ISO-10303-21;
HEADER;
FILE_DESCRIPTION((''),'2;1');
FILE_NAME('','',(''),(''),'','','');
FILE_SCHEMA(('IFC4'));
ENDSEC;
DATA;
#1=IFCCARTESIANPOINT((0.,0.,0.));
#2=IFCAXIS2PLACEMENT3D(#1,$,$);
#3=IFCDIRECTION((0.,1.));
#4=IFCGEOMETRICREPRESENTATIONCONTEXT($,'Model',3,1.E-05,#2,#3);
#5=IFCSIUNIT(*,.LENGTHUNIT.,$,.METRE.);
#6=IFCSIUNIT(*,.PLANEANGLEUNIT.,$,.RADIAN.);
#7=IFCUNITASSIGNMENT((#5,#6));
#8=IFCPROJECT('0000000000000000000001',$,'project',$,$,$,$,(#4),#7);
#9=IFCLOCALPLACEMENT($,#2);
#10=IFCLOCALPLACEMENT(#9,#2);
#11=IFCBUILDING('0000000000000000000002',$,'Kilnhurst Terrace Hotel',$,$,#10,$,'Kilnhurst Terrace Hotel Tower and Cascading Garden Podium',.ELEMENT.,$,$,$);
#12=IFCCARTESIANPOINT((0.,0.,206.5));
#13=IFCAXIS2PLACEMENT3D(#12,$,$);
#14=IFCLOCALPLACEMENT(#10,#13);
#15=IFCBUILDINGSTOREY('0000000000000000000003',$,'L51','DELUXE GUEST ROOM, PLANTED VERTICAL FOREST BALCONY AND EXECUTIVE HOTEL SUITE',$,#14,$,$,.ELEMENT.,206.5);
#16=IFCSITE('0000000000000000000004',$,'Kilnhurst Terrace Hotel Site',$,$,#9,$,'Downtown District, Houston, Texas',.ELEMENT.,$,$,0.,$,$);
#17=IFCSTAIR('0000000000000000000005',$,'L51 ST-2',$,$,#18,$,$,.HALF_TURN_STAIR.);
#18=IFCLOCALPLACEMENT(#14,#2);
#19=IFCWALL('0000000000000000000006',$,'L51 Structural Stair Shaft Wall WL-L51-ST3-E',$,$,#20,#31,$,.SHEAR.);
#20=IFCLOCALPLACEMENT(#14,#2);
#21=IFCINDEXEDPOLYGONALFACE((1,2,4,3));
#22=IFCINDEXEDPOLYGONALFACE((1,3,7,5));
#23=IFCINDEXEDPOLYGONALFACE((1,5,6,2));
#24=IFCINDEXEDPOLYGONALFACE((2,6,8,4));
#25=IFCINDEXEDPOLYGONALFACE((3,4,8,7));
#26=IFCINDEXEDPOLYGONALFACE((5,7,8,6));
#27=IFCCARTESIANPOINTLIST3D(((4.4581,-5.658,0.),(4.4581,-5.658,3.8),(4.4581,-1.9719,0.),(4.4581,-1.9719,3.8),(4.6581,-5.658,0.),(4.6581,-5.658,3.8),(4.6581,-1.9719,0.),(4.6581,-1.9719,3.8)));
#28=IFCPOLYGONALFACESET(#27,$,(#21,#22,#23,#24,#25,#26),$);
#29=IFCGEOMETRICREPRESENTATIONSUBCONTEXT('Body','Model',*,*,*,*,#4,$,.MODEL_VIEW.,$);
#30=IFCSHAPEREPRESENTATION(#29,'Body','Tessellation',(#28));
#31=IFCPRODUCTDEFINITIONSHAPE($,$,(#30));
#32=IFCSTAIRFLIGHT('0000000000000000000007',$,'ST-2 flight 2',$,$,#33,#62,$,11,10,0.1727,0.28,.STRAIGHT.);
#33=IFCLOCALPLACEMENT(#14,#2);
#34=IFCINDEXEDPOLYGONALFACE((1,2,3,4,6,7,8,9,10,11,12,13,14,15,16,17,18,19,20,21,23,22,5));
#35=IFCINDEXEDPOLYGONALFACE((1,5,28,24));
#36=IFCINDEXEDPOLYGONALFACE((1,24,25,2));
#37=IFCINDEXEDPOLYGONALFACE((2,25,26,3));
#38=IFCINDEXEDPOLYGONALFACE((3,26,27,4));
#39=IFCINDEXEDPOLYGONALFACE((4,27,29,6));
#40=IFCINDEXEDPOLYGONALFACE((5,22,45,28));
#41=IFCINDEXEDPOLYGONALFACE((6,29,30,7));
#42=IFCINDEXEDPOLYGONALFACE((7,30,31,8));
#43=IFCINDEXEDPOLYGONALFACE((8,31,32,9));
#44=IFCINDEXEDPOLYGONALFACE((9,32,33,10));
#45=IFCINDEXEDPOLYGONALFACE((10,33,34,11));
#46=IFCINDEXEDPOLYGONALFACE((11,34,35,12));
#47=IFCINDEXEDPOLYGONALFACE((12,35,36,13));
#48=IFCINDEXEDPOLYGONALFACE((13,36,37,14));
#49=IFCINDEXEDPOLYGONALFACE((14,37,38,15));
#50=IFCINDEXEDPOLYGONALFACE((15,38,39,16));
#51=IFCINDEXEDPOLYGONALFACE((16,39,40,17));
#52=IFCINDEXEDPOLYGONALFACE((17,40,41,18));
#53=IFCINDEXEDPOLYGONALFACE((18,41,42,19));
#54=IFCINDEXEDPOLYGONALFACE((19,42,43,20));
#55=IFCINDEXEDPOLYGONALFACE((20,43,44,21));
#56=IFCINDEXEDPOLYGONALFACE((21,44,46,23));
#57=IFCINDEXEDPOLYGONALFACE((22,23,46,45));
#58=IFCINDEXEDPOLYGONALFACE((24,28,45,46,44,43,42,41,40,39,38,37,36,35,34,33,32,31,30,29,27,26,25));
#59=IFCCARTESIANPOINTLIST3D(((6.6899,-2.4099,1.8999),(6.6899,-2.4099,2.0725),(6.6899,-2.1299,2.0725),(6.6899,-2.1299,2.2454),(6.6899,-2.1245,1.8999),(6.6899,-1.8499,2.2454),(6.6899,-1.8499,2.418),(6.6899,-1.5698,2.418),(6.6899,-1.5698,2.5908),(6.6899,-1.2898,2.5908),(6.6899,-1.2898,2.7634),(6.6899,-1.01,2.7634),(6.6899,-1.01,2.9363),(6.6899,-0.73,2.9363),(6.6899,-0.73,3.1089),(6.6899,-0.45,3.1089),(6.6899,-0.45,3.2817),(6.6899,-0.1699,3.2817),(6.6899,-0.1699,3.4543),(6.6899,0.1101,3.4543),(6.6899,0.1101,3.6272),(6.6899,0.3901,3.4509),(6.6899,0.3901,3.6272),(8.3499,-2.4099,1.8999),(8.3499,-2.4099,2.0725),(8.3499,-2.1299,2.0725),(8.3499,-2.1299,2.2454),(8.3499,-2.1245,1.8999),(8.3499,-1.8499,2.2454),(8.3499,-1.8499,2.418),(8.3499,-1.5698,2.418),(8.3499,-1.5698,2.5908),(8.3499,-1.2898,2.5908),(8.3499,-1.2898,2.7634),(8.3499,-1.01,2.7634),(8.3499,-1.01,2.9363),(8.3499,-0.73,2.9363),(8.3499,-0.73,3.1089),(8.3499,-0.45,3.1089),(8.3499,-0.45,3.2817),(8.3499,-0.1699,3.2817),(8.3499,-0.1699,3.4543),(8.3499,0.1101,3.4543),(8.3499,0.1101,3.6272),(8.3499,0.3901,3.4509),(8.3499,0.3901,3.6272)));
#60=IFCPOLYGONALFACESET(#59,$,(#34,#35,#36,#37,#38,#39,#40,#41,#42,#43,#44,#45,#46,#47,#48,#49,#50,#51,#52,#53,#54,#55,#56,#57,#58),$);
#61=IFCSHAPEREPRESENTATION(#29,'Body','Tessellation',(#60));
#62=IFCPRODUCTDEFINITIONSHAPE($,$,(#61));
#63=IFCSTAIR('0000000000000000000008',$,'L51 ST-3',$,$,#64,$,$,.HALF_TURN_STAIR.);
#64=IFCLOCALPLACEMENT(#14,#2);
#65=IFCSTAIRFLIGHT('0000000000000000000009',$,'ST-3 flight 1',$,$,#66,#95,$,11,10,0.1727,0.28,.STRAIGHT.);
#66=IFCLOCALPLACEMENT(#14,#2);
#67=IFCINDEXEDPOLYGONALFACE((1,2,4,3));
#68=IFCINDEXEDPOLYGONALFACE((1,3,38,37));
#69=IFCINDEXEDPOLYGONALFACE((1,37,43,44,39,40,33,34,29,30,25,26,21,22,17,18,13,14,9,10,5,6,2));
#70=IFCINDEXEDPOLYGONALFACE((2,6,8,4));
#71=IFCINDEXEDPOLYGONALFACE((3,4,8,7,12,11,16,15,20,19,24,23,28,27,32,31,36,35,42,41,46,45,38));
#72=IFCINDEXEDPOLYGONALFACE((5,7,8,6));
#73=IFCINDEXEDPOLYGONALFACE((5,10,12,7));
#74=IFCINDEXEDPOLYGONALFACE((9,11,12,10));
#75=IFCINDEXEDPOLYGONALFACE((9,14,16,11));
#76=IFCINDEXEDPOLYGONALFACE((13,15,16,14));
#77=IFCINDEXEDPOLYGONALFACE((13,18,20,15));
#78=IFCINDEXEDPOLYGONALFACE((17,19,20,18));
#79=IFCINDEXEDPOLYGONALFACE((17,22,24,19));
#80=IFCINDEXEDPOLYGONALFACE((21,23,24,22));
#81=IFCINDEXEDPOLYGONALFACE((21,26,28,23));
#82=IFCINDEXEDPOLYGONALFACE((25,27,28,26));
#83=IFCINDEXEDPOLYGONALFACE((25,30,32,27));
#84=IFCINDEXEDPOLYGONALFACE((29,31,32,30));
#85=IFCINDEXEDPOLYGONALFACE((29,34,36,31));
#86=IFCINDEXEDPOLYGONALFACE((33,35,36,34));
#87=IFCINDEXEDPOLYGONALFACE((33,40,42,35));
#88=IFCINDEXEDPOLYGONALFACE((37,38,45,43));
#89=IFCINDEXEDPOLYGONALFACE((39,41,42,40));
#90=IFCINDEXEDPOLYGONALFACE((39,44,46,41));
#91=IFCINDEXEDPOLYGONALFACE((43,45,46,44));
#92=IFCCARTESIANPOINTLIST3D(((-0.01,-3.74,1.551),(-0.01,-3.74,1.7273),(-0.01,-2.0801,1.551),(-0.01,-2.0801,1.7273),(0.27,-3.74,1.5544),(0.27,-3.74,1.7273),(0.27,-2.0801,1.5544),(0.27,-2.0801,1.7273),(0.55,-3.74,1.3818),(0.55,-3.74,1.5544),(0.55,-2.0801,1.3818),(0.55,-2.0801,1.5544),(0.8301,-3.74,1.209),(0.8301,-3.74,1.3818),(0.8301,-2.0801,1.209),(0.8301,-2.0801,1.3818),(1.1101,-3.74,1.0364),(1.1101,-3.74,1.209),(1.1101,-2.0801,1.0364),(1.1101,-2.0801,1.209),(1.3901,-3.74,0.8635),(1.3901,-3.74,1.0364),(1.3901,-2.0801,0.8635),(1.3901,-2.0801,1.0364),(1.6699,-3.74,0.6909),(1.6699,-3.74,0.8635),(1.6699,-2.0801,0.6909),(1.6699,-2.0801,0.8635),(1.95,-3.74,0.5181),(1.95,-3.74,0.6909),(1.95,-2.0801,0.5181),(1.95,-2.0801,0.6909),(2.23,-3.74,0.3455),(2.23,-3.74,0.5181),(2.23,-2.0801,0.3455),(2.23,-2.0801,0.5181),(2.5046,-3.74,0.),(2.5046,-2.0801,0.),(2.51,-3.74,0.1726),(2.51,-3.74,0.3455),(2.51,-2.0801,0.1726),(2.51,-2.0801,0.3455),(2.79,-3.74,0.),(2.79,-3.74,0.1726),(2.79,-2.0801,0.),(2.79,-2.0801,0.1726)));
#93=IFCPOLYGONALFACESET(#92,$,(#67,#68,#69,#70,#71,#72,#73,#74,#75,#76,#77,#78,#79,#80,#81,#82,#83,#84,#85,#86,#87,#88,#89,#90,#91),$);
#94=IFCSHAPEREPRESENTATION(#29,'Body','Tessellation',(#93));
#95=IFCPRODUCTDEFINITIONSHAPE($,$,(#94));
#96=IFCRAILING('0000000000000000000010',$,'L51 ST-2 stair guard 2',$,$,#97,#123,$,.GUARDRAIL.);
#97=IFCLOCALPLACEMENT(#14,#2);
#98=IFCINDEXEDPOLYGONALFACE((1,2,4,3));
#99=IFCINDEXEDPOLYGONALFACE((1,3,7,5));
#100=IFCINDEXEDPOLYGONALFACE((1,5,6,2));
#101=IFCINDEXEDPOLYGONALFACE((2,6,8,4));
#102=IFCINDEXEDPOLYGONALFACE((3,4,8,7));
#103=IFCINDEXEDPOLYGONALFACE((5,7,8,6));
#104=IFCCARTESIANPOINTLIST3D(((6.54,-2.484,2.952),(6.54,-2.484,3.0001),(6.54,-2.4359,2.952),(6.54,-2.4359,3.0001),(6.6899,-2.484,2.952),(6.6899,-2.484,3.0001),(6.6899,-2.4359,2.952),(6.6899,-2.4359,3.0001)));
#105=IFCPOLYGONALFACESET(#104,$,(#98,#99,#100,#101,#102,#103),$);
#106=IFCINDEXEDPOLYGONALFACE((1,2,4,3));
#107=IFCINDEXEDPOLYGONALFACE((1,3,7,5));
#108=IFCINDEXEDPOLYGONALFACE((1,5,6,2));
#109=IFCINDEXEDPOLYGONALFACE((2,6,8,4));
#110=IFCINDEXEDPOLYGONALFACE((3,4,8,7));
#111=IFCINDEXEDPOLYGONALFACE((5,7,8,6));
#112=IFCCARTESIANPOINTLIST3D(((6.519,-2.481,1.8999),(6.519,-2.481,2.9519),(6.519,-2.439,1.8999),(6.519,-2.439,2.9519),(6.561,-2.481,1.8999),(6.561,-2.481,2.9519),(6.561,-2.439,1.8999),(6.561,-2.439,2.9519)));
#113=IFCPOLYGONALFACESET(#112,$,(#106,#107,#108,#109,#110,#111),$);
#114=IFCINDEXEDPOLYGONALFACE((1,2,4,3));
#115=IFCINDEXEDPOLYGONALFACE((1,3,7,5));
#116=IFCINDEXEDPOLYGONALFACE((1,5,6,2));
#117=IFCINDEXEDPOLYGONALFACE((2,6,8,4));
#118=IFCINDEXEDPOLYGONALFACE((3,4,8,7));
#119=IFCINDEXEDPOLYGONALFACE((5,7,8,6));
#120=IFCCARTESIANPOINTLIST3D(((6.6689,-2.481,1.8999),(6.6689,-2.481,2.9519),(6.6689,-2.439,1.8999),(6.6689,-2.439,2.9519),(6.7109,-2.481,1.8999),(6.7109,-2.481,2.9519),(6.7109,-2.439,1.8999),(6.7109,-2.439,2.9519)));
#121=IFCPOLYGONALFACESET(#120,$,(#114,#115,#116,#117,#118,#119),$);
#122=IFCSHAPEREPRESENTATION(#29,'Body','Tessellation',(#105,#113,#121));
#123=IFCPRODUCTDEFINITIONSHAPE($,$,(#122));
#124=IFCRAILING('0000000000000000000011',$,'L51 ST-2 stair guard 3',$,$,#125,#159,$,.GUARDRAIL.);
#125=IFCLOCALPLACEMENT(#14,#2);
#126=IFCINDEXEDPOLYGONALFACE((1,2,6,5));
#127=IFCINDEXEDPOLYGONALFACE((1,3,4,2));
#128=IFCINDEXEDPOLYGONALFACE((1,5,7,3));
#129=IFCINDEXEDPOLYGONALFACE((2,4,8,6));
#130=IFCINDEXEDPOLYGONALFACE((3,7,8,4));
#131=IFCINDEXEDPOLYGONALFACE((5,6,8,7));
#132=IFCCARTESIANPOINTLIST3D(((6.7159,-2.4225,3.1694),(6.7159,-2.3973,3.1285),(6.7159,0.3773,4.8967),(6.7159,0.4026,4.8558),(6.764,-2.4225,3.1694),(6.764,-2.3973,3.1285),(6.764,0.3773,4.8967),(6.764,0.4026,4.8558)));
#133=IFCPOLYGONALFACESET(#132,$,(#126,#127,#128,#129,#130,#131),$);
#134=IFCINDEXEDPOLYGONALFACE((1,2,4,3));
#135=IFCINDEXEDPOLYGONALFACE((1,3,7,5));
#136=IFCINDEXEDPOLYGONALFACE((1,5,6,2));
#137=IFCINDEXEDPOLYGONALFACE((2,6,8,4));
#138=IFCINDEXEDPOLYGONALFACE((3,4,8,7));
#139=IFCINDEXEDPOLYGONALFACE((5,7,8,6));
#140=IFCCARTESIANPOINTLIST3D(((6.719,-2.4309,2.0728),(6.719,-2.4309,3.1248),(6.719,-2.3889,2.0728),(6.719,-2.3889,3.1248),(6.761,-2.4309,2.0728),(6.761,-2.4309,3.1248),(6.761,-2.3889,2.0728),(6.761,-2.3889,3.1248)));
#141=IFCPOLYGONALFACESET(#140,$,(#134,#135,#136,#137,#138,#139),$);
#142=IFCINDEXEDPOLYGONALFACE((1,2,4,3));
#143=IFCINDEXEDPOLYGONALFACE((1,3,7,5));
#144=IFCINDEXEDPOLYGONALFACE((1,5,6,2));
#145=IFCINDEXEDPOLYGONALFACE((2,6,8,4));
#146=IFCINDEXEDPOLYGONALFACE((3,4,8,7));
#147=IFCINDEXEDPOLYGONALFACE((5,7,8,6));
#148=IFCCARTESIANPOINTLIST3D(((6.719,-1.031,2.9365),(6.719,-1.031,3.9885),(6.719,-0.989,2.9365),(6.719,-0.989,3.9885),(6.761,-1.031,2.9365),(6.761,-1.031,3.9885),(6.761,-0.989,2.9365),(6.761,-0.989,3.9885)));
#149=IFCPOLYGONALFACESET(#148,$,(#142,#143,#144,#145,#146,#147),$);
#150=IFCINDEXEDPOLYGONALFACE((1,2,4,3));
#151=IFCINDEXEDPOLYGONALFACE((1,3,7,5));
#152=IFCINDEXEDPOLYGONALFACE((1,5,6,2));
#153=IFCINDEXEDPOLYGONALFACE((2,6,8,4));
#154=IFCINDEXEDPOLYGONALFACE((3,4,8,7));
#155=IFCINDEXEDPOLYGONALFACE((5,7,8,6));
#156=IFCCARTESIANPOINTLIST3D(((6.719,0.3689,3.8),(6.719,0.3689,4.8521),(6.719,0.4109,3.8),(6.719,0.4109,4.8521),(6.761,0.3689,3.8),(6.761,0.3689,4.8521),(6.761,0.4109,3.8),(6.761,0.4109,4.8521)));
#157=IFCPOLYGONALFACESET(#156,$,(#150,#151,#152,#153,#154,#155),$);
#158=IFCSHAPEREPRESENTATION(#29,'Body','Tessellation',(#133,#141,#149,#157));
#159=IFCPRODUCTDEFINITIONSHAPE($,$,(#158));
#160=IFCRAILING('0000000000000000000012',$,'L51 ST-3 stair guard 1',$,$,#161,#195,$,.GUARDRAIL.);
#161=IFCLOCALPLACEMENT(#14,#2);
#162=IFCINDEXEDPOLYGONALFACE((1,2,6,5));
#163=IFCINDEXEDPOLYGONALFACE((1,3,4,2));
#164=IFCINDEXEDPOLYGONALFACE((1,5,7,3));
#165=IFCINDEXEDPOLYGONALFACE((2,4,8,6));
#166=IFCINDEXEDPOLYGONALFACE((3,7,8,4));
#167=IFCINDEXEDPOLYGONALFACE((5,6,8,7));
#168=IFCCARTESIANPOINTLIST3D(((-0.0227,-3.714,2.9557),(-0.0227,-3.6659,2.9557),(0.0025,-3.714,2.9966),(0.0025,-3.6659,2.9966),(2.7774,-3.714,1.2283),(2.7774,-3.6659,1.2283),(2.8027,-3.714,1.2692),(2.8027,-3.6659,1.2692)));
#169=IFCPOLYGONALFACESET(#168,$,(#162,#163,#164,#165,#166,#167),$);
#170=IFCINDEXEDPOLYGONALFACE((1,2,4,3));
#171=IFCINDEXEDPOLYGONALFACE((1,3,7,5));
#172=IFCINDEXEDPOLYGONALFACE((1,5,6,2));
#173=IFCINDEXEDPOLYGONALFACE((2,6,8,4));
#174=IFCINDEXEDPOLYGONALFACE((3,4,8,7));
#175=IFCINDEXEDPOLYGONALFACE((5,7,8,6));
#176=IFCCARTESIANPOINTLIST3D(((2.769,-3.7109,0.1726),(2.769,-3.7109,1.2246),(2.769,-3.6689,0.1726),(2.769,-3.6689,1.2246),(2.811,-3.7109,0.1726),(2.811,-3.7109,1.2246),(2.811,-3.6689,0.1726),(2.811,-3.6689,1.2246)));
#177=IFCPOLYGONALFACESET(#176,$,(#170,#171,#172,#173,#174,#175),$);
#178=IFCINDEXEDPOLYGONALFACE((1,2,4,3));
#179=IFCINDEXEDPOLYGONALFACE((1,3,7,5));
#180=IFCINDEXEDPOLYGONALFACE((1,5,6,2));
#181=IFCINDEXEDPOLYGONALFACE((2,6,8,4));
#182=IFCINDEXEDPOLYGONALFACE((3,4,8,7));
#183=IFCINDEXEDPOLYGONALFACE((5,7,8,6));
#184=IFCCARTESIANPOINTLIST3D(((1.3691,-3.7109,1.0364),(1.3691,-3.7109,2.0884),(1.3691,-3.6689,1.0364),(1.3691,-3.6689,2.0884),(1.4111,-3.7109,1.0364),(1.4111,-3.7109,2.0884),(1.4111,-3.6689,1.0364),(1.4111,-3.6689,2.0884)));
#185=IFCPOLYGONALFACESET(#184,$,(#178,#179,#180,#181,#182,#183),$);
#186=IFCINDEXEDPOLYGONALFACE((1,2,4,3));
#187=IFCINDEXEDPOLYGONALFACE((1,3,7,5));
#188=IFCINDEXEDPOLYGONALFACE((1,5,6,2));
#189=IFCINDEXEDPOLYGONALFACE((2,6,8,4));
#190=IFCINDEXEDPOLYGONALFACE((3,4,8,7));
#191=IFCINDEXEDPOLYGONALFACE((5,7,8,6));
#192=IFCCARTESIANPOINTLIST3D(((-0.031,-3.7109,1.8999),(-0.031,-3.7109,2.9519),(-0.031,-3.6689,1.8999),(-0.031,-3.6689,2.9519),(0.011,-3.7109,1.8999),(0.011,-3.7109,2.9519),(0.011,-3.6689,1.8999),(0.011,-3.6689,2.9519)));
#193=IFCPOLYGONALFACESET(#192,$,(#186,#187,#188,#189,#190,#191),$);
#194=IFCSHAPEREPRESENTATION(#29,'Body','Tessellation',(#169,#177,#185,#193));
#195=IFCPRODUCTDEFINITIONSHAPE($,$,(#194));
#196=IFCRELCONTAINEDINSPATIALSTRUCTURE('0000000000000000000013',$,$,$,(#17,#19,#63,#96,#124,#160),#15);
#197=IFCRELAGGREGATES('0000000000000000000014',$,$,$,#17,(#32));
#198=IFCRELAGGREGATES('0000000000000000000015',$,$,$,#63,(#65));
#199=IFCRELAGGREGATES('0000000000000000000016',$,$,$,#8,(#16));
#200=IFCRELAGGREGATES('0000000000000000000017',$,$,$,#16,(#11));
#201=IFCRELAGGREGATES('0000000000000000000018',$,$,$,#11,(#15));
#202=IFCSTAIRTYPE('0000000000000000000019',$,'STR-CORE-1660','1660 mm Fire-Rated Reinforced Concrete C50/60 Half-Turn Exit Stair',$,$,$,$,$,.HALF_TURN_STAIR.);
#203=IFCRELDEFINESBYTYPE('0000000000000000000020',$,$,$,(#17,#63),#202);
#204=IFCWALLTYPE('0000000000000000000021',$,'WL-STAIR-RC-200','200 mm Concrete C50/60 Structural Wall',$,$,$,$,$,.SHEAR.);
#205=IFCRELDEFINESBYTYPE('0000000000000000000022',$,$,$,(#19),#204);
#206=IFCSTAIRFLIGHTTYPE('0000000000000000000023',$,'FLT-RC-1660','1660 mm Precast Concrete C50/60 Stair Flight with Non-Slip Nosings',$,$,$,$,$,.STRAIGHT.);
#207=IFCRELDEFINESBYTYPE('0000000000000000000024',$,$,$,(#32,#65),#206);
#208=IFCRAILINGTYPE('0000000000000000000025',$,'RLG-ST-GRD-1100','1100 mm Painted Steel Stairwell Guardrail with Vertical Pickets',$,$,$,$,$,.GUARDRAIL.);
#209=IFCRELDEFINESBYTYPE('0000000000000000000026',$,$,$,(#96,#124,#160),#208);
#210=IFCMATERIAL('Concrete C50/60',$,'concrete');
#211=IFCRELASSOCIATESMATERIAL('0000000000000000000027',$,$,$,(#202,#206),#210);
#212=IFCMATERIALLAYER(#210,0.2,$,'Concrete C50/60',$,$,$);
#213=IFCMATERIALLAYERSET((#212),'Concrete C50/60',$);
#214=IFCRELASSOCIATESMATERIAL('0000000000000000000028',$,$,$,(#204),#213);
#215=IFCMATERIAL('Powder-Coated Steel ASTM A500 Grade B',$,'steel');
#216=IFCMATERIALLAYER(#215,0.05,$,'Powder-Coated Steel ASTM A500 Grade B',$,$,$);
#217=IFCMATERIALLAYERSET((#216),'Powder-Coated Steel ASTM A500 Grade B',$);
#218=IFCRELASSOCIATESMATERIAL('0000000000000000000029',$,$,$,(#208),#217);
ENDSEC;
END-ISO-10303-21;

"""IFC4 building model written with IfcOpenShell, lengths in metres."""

from ifc_helpers import new_model, si_unit, direction, frame, frame_2d, origin, origin_2d, place, context, subcontext, project, spatial, polyline, rectangle, outline, extrude, material, layer, layer_set, type_object, element, aggregate, save


model = new_model("IFC4")

# Units and contexts
model_context = context("Model", 3, precision=1e-05, world=origin(), true_north=direction((0.0, 1.0)))
body_context = subcontext(model_context, "Body", "Model", "MODEL_VIEW")
ifc_project = project(units=[si_unit("LENGTHUNIT", "METRE"), si_unit("PLANEANGLEUNIT", "RADIAN")], contexts=[model_context])

# Site, building, storey
site_placement = place(None, origin())
site = spatial("IfcSite", under=ifc_project, at=site_placement, Name="Kilnhurst Terrace Hotel Site", LongName="Downtown District, Houston, Texas", CompositionType="ELEMENT", RefElevation=0.0)
building_placement = place(site_placement, origin())
building = spatial("IfcBuilding", under=site, at=building_placement, Name="Kilnhurst Terrace Hotel", LongName="Kilnhurst Terrace Hotel Tower and Cascading Garden Podium", CompositionType="ELEMENT")
storey_placement = place(building_placement, frame((0.0, 0.0, 206.5)))
storey = spatial("IfcBuildingStorey", under=building, at=storey_placement, Name="L51", Description="DELUXE GUEST ROOM, PLANTED VERTICAL FOREST BALCONY AND EXECUTIVE HOTEL SUITE", CompositionType="ELEMENT", Elevation=206.5)

# Shared definitions
ifc_material_1 = material(Name="Concrete C50/60", Category="concrete")

# Stair
stair_type = type_object("IfcStairType", Name="STR-CORE-1660", Description="1660 mm Fire-Rated Reinforced Concrete C50/60 Half-Turn Exit Stair", PredefinedType="HALF_TURN_STAIR", material=ifc_material_1)
stair_1_placement = place(storey_placement, origin())
stair_1 = element("IfcStair", 1, at=stair_1_placement, inside=storey, type_object=stair_type, Name="L51 ST-2", PredefinedType="HALF_TURN_STAIR")

# Wall
ifc_layer_1 = layer(ifc_material_1, 0.2, Name="Concrete C50/60")
ifc_layer_set_1 = layer_set([ifc_layer_1], Name="Concrete C50/60")
wall_type_1 = type_object("IfcWallType", Name="WL-STAIR-RC-200", Description="200 mm Concrete C50/60 Structural Wall", PredefinedType="SHEAR", material=ifc_layer_set_1)
for number, where, z_axis, x_axis, name in (
    (2, (4.5581, -5.658, 0.0), (0.0, 0.0, 1.0), (0.0, 1.0, 0.0), "L51 Structural Stair Shaft Wall WL-L51-ST3-E"),
):
    element("IfcWall", number, at=place(storey_placement, frame(where, z_axis=z_axis, x_axis=x_axis)), inside=storey, type_object=wall_type_1, Name=name, PredefinedType="SHEAR", context=body_context, shape_type="SweptSolid", body=[
        extrude(rectangle(XDim=3.686, YDim=0.2, at=frame_2d((1.843, 0.0))), origin(), (0.0, 0.0, 1.0), 3.8),
    ])

# Stair flight
stair_flight_type = type_object("IfcStairFlightType", Name="FLT-RC-1660", Description="1660 mm Precast Concrete C50/60 Stair Flight with Non-Slip Nosings", PredefinedType="STRAIGHT", material=ifc_material_1)
stair_flight_1_placement = place(storey_placement, frame((7.52, -2.4099, 1.8999), z_axis=(0.0, 0.0, 1.0), x_axis=(0.0, 1.0, 0.0)))
stair_flight_1 = element("IfcStairFlight", 3, at=stair_flight_1_placement, type_object=stair_flight_type, Name="ST-2 flight 2", NumberOfRisers=11, NumberOfTreads=10, PredefinedType="STRAIGHT", RiserHeight=0.1727, TreadLength=0.28, context=body_context, shape_type="SweptSolid", body=[
    extrude(outline(polyline([(0.0, 0.0), (0.0, 0.1726), (0.28, 0.1726), (0.28, 0.3455), (0.5601, 0.3455), (0.5601, 0.5181), (0.8401, 0.5181), (0.8401, 0.6909), (1.1201, 0.6909), (1.1201, 0.8635), (1.3999, 0.8635), (1.3999, 1.0364), (1.6799, 1.0364), (1.6799, 1.209), (1.96, 1.209), (1.96, 1.3818), (2.24, 1.3818), (2.24, 1.5544), (2.52, 1.5544), (2.52, 1.7273), (2.8, 1.7273), (2.8, 1.8999), (2.8, 1.551), (0.2854, 0.0), (0.0, 0.0)])), frame((0.0, 0.8301, 0.0), z_axis=(0.0, -1.0, 0.0), x_axis=(1.0, 0.0, 0.0)), (0.0, 0.0, 1.0), 1.6599),
])
aggregate(stair_1, [stair_flight_1])

# Stair, stair flight
stair_2_placement = place(storey_placement, origin())
stair_2 = element("IfcStair", 4, at=stair_2_placement, inside=storey, type_object=stair_type, Name="L51 ST-3", PredefinedType="HALF_TURN_STAIR")
stair_flight_2_placement = place(storey_placement, frame((2.79, -2.9099, 0.0), z_axis=(0.0, 0.0, 1.0), x_axis=(-1.0, 0.0, 0.0)))
stair_flight_2 = element("IfcStairFlight", 5, at=stair_flight_2_placement, type_object=stair_flight_type, Name="ST-3 flight 1", NumberOfRisers=11, NumberOfTreads=10, PredefinedType="STRAIGHT", RiserHeight=0.1727, TreadLength=0.28, context=body_context, shape_type="SweptSolid", body=[
    extrude(outline(polyline([(0.0, 0.0), (0.0, 0.1726), (0.28, 0.1726), (0.28, 0.3455), (0.5601, 0.3455), (0.5601, 0.5181), (0.8401, 0.5181), (0.8401, 0.6909), (1.1201, 0.6909), (1.1201, 0.8635), (1.3999, 0.8635), (1.3999, 1.0364), (1.6799, 1.0364), (1.6799, 1.209), (1.96, 1.209), (1.96, 1.3818), (2.24, 1.3818), (2.24, 1.5544), (2.52, 1.5544), (2.52, 1.7273), (2.8, 1.7273), (2.8, 1.8999), (2.8, 1.551), (0.2854, 0.0), (0.0, 0.0)])), frame((0.0, 0.8301, 0.0), z_axis=(0.0, -1.0, 0.0), x_axis=(1.0, 0.0, 0.0)), (0.0, 0.0, 1.0), 1.6599),
])
aggregate(stair_2, [stair_flight_2])

# Railings
ifc_material_2 = material(Name="Powder-Coated Steel ASTM A500 Grade B", Category="steel")
ifc_layer_2 = layer(ifc_material_2, 0.05, Name="Powder-Coated Steel ASTM A500 Grade B")
ifc_layer_set_2 = layer_set([ifc_layer_2], Name="Powder-Coated Steel ASTM A500 Grade B")
railing_type_1 = type_object("IfcRailingType", Name="RLG-ST-GRD-1100", Description="1100 mm Painted Steel Stairwell Guardrail with Vertical Pickets", PredefinedType="GUARDRAIL", material=ifc_layer_set_2)
railing_1_placement = place(storey_placement, frame((6.54, -2.46, 1.8999)))
element("IfcRailing", 6, at=railing_1_placement, inside=storey, type_object=railing_type_1, Name="L51 ST-2 stair guard 2", PredefinedType="GUARDRAIL", context=body_context, shape_type="SweptSolid", body=[
    extrude(rectangle(XDim=0.0481, YDim=0.0481, at=origin_2d()), frame((0.0, 0.0, 1.0762), z_axis=(1.0, 0.0, 0.0), x_axis=(0.0, 1.0, 0.0)), (0.0, 0.0, 1.0), 0.1499),
    extrude(rectangle(XDim=0.042, YDim=0.042, at=origin_2d()), origin(), (0.0, 0.0, 1.0), 1.052),
    extrude(rectangle(XDim=0.042, YDim=0.042, at=origin_2d()), frame((0.1499, 0.0, 0.0)), (0.0, 0.0, 1.0), 1.052),
])
railing_2_placement = place(storey_placement, frame((6.74, -2.4099, 2.0728)))
element("IfcRailing", 7, at=railing_2_placement, inside=storey, type_object=railing_type_1, Name="L51 ST-2 stair guard 3", PredefinedType="GUARDRAIL", context=body_context, shape_type="SweptSolid", body=[
    extrude(rectangle(XDim=0.0481, YDim=0.0481, at=origin_2d()), frame((0.0, 0.0, 1.0762), z_axis=(0.0, 0.851069, 0.525054), x_axis=(-1.0, 0.0, 0.0)), (0.0, 0.0, 1.0), 3.2898),
    extrude(rectangle(XDim=0.042, YDim=0.042, at=origin_2d()), origin(), (0.0, 0.0, 1.0), 1.052),
    extrude(rectangle(XDim=0.042, YDim=0.042, at=origin_2d()), frame((0.0, 1.3999, 0.8638)), (0.0, 0.0, 1.0), 1.052),
    extrude(rectangle(XDim=0.042, YDim=0.042, at=origin_2d()), frame((0.0, 2.7998, 1.7273)), (0.0, 0.0, 1.0), 1.052),
])
railing_3_placement = place(storey_placement, frame((2.79, -3.6899, 0.1726)))
element("IfcRailing", 8, at=railing_3_placement, inside=storey, type_object=railing_type_1, Name="L51 ST-3 stair guard 1", PredefinedType="GUARDRAIL", context=body_context, shape_type="SweptSolid", body=[
    extrude(rectangle(XDim=0.0481, YDim=0.0481, at=origin_2d()), frame((0.0, 0.0, 1.0762), z_axis=(-0.85109, 0.0, 0.52502), x_axis=(0.0, -1.0, 0.0)), (0.0, 0.0, 1.0), 3.29),
    extrude(rectangle(XDim=0.042, YDim=0.042, at=origin_2d()), origin(), (0.0, 0.0, 1.0), 1.052),
    extrude(rectangle(XDim=0.042, YDim=0.042, at=origin_2d()), frame((-1.3999, 0.0, 0.8638)), (0.0, 0.0, 1.0), 1.052),
    extrude(rectangle(XDim=0.042, YDim=0.042, at=origin_2d()), frame((-2.8, 0.0, 1.7273)), (0.0, 0.0, 1.0), 1.052),
])

save(model, "model.ifc")
